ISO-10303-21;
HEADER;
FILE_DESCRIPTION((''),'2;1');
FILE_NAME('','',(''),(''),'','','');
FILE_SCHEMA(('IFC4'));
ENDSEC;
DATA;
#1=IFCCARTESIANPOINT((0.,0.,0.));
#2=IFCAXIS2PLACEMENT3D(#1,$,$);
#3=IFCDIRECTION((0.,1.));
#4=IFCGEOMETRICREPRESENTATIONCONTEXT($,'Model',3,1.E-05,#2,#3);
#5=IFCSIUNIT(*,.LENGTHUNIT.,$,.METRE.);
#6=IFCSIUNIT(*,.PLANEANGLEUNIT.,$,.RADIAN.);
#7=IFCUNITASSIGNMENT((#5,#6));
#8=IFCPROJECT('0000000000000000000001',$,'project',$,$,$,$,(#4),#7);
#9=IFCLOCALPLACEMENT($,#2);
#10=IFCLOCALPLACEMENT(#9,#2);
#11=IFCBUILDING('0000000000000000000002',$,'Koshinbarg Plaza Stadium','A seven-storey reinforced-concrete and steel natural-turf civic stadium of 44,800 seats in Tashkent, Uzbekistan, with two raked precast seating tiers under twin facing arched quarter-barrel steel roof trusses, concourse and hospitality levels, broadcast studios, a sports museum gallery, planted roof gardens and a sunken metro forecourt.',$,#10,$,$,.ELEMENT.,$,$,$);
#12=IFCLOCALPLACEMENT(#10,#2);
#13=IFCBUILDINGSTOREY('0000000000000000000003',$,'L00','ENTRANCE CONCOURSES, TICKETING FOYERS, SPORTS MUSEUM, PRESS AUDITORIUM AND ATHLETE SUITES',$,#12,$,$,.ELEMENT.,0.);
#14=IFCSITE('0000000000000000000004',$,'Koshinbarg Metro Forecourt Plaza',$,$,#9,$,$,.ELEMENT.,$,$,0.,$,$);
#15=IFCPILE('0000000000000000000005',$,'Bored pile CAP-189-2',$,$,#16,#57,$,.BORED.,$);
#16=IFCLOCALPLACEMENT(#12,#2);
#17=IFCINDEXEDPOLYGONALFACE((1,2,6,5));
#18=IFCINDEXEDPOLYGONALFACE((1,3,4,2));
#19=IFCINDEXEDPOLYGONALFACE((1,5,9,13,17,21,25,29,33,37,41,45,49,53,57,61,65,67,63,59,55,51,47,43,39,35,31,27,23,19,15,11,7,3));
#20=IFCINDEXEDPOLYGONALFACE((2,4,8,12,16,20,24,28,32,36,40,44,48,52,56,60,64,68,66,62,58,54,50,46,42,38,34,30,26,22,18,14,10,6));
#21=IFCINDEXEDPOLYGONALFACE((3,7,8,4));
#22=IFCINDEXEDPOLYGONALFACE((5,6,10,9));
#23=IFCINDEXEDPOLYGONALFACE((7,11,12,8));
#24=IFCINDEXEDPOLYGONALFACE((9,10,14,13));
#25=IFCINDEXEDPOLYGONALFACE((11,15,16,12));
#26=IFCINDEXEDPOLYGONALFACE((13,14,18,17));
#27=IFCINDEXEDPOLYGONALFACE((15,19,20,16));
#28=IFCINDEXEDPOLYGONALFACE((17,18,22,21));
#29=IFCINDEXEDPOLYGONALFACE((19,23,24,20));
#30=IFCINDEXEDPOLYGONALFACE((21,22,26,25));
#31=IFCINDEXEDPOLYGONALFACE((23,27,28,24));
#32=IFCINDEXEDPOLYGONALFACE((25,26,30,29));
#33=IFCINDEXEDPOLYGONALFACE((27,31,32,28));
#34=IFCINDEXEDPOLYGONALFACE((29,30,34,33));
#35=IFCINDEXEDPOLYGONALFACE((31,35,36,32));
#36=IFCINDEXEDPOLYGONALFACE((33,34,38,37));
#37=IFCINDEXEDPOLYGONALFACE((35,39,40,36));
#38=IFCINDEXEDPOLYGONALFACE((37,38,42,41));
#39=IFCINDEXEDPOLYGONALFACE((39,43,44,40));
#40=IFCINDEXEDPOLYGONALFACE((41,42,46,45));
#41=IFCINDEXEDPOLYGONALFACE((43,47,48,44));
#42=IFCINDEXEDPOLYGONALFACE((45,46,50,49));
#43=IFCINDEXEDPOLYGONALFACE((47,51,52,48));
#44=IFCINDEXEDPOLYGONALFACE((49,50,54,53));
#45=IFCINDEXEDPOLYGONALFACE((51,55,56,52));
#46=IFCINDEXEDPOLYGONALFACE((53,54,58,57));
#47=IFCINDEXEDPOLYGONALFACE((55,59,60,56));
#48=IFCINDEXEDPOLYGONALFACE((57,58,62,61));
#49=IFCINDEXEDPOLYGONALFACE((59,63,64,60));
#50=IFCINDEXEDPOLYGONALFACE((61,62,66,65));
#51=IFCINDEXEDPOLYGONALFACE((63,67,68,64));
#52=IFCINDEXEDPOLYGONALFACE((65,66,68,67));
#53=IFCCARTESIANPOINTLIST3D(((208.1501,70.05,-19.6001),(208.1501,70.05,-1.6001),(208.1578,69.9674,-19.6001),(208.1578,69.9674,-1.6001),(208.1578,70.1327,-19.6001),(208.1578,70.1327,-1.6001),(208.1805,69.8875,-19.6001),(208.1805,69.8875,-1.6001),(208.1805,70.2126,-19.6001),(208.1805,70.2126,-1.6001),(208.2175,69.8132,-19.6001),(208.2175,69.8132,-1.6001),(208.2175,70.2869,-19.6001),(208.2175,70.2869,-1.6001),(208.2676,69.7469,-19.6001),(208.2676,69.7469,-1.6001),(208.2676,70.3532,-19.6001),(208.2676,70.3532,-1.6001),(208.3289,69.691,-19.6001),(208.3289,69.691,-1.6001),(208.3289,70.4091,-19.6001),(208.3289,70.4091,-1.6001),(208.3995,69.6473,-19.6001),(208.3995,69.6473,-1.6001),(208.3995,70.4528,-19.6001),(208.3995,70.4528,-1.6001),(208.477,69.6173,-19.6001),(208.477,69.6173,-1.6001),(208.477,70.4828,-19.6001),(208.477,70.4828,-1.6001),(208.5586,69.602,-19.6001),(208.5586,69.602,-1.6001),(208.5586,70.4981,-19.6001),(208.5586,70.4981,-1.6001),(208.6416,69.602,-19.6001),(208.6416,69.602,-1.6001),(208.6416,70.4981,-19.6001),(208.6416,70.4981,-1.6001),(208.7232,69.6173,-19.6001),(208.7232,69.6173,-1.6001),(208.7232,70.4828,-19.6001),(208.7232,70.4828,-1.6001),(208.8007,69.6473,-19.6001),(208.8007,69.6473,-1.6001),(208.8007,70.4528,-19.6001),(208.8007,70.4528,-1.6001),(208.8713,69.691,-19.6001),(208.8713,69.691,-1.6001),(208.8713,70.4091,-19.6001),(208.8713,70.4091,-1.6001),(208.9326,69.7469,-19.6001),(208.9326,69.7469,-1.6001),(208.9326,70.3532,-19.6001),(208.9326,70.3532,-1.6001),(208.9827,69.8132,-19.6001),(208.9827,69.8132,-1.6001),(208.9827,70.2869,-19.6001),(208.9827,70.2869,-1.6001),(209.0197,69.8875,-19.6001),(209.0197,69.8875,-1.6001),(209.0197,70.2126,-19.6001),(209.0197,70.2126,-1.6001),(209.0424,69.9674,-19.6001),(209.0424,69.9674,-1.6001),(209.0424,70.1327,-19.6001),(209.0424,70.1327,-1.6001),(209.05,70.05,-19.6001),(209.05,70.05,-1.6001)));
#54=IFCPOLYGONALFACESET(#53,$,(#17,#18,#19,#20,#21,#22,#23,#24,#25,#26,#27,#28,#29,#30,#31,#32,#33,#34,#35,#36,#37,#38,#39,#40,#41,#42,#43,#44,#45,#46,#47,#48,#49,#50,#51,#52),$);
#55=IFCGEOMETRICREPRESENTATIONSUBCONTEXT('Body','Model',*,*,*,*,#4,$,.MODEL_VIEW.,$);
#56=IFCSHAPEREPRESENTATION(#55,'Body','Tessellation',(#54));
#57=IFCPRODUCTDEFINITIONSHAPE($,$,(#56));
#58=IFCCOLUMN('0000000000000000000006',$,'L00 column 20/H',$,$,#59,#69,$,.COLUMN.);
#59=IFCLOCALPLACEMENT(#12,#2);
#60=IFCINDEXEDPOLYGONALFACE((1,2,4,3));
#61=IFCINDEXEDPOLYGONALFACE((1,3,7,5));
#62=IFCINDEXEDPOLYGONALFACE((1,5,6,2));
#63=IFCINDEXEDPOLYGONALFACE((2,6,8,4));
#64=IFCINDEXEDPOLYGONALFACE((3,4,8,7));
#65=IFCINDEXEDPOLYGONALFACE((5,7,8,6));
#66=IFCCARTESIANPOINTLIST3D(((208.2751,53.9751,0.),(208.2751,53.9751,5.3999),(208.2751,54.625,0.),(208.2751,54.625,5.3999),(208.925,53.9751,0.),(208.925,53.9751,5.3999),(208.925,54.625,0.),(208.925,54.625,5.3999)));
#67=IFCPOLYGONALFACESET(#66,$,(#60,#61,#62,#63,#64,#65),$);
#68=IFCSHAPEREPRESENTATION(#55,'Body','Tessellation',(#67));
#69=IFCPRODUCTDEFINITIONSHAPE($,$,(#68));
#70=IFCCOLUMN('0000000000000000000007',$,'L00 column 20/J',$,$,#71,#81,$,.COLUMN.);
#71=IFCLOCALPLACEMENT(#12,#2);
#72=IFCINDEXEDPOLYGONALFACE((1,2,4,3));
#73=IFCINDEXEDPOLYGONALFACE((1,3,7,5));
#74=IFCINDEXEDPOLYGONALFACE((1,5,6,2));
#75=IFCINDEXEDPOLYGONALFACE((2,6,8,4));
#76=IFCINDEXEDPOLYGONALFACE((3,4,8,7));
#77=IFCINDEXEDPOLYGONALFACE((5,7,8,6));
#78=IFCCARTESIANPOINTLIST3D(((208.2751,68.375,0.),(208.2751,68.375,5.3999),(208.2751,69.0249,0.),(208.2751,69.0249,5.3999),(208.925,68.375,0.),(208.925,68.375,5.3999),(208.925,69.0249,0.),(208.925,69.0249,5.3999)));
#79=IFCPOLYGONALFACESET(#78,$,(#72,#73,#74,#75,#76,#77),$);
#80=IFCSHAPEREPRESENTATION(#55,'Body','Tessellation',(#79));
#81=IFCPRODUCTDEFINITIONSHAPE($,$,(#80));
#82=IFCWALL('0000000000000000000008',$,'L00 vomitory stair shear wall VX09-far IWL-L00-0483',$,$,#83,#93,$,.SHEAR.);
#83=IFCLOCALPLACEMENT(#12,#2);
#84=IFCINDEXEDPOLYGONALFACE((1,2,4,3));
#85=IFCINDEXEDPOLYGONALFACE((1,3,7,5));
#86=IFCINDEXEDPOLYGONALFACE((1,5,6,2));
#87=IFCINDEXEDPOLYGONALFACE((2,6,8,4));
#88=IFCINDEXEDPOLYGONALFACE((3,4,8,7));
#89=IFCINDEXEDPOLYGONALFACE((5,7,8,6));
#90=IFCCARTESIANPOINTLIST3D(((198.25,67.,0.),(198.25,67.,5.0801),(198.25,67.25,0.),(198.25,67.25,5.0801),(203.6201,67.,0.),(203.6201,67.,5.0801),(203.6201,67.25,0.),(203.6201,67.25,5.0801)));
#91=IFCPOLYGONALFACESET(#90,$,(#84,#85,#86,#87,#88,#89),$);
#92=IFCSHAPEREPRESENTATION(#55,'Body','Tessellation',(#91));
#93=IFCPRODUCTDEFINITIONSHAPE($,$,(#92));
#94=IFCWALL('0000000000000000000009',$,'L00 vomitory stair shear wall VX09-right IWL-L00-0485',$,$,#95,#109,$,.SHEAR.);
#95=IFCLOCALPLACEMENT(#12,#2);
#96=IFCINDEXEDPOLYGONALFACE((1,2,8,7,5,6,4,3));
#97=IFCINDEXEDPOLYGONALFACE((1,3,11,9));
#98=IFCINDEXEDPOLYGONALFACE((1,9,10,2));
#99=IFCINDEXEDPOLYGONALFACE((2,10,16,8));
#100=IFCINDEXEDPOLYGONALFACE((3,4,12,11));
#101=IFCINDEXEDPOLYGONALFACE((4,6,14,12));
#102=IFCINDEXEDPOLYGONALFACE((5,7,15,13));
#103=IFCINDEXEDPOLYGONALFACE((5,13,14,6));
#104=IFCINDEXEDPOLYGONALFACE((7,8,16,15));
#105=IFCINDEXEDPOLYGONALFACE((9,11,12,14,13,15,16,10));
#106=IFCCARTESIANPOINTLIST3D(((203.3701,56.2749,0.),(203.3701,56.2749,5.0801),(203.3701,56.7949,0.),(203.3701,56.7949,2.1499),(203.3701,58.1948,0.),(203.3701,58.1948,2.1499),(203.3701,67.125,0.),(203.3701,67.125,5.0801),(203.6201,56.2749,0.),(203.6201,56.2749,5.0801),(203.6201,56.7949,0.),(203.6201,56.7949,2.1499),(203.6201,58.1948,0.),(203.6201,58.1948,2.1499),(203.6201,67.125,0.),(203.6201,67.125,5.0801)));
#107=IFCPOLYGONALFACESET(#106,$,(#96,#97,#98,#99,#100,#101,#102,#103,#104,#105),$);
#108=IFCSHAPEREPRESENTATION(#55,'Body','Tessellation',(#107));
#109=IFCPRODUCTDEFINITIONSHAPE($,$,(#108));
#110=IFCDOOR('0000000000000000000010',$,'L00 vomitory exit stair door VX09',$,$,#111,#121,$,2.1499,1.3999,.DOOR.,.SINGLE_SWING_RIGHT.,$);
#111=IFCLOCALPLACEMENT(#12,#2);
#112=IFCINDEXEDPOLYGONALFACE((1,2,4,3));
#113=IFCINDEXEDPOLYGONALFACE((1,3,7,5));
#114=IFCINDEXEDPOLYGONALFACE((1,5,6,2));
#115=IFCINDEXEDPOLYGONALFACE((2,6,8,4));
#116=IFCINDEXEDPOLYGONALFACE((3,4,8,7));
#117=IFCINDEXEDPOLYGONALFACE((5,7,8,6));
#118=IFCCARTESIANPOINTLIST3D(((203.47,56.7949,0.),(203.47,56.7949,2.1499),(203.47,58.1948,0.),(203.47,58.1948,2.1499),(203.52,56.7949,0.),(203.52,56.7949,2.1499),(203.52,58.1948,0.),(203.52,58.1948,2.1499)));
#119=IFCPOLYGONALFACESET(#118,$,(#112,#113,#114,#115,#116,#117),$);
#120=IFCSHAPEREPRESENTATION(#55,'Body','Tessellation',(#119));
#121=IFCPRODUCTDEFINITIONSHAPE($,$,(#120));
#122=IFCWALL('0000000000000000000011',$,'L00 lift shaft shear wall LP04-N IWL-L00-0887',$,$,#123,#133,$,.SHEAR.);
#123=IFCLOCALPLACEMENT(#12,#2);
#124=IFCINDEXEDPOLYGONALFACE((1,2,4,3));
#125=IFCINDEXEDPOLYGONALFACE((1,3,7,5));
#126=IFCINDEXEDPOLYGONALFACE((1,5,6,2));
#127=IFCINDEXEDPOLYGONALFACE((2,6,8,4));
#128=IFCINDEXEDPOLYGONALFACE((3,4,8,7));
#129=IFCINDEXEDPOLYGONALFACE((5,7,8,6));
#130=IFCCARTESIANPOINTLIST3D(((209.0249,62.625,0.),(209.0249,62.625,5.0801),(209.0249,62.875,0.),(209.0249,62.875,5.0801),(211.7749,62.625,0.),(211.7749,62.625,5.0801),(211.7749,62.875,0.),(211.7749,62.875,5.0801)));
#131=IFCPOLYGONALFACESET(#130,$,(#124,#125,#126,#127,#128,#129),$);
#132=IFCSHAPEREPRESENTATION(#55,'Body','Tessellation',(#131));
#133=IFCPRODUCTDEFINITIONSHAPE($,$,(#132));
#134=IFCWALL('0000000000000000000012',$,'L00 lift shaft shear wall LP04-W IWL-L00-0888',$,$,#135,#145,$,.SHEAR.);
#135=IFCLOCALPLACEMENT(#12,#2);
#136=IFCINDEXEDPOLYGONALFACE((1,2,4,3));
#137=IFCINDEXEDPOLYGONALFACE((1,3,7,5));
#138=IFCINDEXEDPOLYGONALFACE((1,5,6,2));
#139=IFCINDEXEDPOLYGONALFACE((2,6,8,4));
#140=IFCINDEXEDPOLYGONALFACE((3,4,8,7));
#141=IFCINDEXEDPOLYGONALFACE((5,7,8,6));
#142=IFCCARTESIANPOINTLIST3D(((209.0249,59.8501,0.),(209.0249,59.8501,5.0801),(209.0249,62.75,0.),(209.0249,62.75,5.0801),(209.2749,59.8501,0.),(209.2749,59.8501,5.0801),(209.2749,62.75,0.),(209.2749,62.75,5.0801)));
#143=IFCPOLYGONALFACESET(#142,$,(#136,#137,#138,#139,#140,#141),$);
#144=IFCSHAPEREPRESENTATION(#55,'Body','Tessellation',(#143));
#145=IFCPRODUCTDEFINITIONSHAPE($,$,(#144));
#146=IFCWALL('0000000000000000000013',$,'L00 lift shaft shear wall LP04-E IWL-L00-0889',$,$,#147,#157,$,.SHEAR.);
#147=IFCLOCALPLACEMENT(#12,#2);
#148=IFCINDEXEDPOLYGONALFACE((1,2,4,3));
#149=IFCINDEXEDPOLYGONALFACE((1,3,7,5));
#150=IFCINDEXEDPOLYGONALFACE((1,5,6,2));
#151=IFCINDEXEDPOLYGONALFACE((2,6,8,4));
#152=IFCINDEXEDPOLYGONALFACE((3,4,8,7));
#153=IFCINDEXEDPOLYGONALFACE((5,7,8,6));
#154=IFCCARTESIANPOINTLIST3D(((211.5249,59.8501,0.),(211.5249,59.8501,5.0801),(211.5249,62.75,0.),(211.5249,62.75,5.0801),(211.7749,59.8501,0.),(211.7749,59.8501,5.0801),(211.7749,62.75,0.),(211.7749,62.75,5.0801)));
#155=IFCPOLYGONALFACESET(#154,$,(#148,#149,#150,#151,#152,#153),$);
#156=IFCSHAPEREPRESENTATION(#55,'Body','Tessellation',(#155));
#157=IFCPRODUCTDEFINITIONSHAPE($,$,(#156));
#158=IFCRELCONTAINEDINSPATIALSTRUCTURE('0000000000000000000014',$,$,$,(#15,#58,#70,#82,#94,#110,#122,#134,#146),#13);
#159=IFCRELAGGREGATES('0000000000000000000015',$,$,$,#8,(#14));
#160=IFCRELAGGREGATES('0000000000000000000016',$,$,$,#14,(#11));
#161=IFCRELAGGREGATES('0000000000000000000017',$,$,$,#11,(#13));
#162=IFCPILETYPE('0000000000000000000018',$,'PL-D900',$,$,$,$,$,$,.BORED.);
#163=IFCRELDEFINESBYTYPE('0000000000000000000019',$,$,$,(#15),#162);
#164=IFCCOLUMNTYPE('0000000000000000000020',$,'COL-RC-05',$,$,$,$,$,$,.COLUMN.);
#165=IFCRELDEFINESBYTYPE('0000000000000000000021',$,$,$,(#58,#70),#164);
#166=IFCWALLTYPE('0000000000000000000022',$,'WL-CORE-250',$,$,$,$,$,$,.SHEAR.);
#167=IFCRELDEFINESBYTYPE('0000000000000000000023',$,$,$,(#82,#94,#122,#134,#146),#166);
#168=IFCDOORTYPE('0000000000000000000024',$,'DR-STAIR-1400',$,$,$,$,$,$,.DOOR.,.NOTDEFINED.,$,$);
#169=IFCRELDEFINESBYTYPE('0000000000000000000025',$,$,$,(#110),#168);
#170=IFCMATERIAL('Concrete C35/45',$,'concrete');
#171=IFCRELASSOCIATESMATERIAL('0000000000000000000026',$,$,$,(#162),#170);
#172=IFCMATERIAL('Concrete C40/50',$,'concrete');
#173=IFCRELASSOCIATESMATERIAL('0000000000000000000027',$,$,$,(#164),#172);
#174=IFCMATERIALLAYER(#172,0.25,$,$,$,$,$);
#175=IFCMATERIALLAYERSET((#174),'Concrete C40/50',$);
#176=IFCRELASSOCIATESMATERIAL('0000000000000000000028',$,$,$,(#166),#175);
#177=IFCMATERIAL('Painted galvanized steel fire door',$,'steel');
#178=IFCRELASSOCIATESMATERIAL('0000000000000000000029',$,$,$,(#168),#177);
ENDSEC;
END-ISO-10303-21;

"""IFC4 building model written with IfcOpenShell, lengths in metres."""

from ifc_helpers import new_model, si_unit, direction, frame, frame_2d, origin, origin_2d, place, context, subcontext, project, spatial, rectangle, circle, extrude, material, layer, layer_set, material_profile, profile_set, type_object, element, fill, save


model = new_model("IFC4")

# Units and contexts
model_context = context("Model", 3, precision=1e-05, world=origin(), true_north=direction((0.0, 1.0)))
body_context = subcontext(model_context, "Body", "Model", "MODEL_VIEW")
ifc_project = project(units=[si_unit("LENGTHUNIT", "METRE"), si_unit("PLANEANGLEUNIT", "RADIAN")], contexts=[model_context])

# Site, building, storey
site_placement = place(None, origin())
site = spatial("IfcSite", under=ifc_project, at=site_placement, Name="Koshinbarg Metro Forecourt Plaza", CompositionType="ELEMENT", RefElevation=0.0)
building_placement = place(site_placement, origin())
building = spatial("IfcBuilding", under=site, at=building_placement, Name="Koshinbarg Plaza Stadium", Description="A seven-storey reinforced-concrete and steel natural-turf civic stadium of 44,800 seats in Tashkent, Uzbekistan, with two raked precast seating tiers under twin facing arched quarter-barrel steel roof trusses, concourse and hospitality levels, broadcast studios, a sports museum gallery, planted roof gardens and a sunken metro forecourt.", CompositionType="ELEMENT")
storey_placement = place(building_placement, origin())
storey = spatial("IfcBuildingStorey", under=building, at=storey_placement, Name="L00", Description="ENTRANCE CONCOURSES, TICKETING FOYERS, SPORTS MUSEUM, PRESS AUDITORIUM AND ATHLETE SUITES", CompositionType="ELEMENT", Elevation=0.0)

# Shared definitions
ifc_material_1 = material(Name="Concrete C35/45", Category="concrete")

# Pile
ifc_material_profile_1 = material_profile(ifc_material_1, circle(Radius=0.45, at=origin_2d()), Name="PILE D900")
ifc_profile_set_1 = profile_set([ifc_material_profile_1], Name="Concrete C35/45")
pile_type_1 = type_object("IfcPileType", Name="PL-D900", PredefinedType="BORED", material=ifc_profile_set_1)
for number, where, z_axis, x_axis, name in (
    (1, (208.6001, 70.05, -1.6001), (0.0, 0.0, -1.0), (1.0, 0.0, 0.0), "Bored pile CAP-189-2"),
):
    element("IfcPile", number, at=place(storey_placement, frame(where, z_axis=z_axis, x_axis=x_axis)), inside=storey, type_object=pile_type_1, Name=name, PredefinedType="BORED", context=body_context, shape_type="SweptSolid", body=[
        extrude(circle(Radius=0.45, at=origin_2d()), origin(), (0.0, 0.0, 1.0), 18.0),
    ])

# Columns
ifc_material_2 = material(Name="Concrete C40/50", Category="concrete")
ifc_material_profile_2 = material_profile(ifc_material_2, rectangle(XDim=0.6499, YDim=0.6499, at=origin_2d()), Name="RC 650x650")
ifc_profile_set_2 = profile_set([ifc_material_profile_2], Name="Concrete C40/50")
column_type = type_object("IfcColumnType", Name="COL-RC-05", PredefinedType="COLUMN", material=ifc_profile_set_2)
for number, where, z_axis, x_axis, name in (
    (2, (208.6001, 54.3, 0.0), (0.0, 0.0, 1.0), (1.0, 0.0, 0.0), "L00 column 20/H"),
    (3, (208.6001, 68.7, 0.0), (0.0, 0.0, 1.0), (1.0, 0.0, 0.0), "L00 column 20/J"),
):
    element("IfcColumn", number, at=place(storey_placement, frame(where, z_axis=z_axis, x_axis=x_axis)), inside=storey, type_object=column_type, Name=name, PredefinedType="COLUMN", context=body_context, shape_type="SweptSolid", body=[
        extrude(rectangle(XDim=0.6499, YDim=0.6499, at=origin_2d()), origin(), (0.0, 0.0, 1.0), 5.3999),
    ])

# Wall
ifc_layer_1 = layer(ifc_material_2, 0.25)
ifc_layer_set_1 = layer_set([ifc_layer_1], Name="Concrete C40/50")
wall_type_1 = type_object("IfcWallType", Name="WL-CORE-250", PredefinedType="SHEAR", material=ifc_layer_set_1)
wall_1_placement = place(storey_placement, frame((203.6201, 67.125, 0.0), z_axis=(0.0, 0.0, 1.0), x_axis=(-1.0, 0.0, 0.0)))
element("IfcWall", 4, at=wall_1_placement, inside=storey, type_object=wall_type_1, Name="L00 vomitory stair shear wall VX09-far IWL-L00-0483", PredefinedType="SHEAR", context=body_context, shape_type="SweptSolid", body=[
    extrude(rectangle(XDim=5.3701, YDim=0.25, at=frame_2d((2.6851, 0.0))), origin(), (0.0, 0.0, 1.0), 5.0801),
])

# Wall, opening, door
wall_2_placement = place(storey_placement, frame((203.4951, 56.2749, 0.0), z_axis=(0.0, 0.0, 1.0), x_axis=(0.0, 1.0, 0.0)))
wall_2 = element("IfcWall", 5, at=wall_2_placement, inside=storey, type_object=wall_type_1, Name="L00 vomitory stair shear wall VX09-right IWL-L00-0485", PredefinedType="SHEAR", context=body_context, shape_type="SweptSolid", body=[
    extrude(rectangle(XDim=10.8501, YDim=0.25, at=frame_2d((5.425, 0.0))), origin(), (0.0, 0.0, 1.0), 5.0801),
])
opening_1_placement = place(wall_2_placement, frame((0.52, 0.0, 0.0)))
opening_1 = element("IfcOpeningElement", 6, at=opening_1_placement, cuts=wall_2, PredefinedType="OPENING", context=body_context, shape_type="SweptSolid", body=[
    extrude(rectangle(XDim=1.3999, YDim=2.1499, at=frame_2d((0.7, 1.075))), frame((0.0, 0.135, 0.0), z_axis=(0.0, -1.0, 0.0), x_axis=(1.0, 0.0, 0.0)), (0.0, 0.0, 1.0), 0.27),
])
ifc_material_3 = material(Name="Painted galvanized steel fire door", Category="steel")
door_type_1 = type_object("IfcDoorType", Name="DR-STAIR-1400", OperationType="NOTDEFINED", PredefinedType="DOOR", material=ifc_material_3)
door_1_placement = place(opening_1_placement, frame((1.3999, 0.0, 0.0), z_axis=(0.0, 0.0, 1.0), x_axis=(-1.0, 0.0, 0.0)))
door_1 = element("IfcDoor", 7, at=door_1_placement, inside=storey, type_object=door_type_1, Name="L00 vomitory exit stair door VX09", OperationType="SINGLE_SWING_RIGHT", OverallHeight=2.1499, OverallWidth=1.3999, PredefinedType="DOOR", context=body_context, shape_type="SweptSolid", body=[
    extrude(rectangle(XDim=1.3999, YDim=2.1499, at=frame_2d((0.7, 1.075))), frame((0.0, 0.0249, 0.0), z_axis=(0.0, -1.0, 0.0), x_axis=(1.0, 0.0, 0.0)), (0.0, 0.0, 1.0), 0.05),
])
fill(opening_1, door_1)

# Walls
wall_3_placement = place(storey_placement, frame((211.7749, 62.75, 0.0), z_axis=(0.0, 0.0, 1.0), x_axis=(-1.0, 0.0, 0.0)))
element("IfcWall", 8, at=wall_3_placement, inside=storey, type_object=wall_type_1, Name="L00 lift shaft shear wall LP04-N IWL-L00-0887", PredefinedType="SHEAR", context=body_context, shape_type="SweptSolid", body=[
    extrude(rectangle(XDim=2.75, YDim=0.25, at=frame_2d((1.375, 0.0))), origin(), (0.0, 0.0, 1.0), 5.0801),
])
for number, where, z_axis, x_axis, name in (
    (9, (209.1499, 62.75, 0.0), (0.0, 0.0, 1.0), (0.0, -1.0, 0.0), "L00 lift shaft shear wall LP04-W IWL-L00-0888"),
    (10, (211.6499, 59.8501, 0.0), (0.0, 0.0, 1.0), (0.0, 1.0, 0.0), "L00 lift shaft shear wall LP04-E IWL-L00-0889"),
):
    element("IfcWall", number, at=place(storey_placement, frame(where, z_axis=z_axis, x_axis=x_axis)), inside=storey, type_object=wall_type_1, Name=name, PredefinedType="SHEAR", context=body_context, shape_type="SweptSolid", body=[
        extrude(rectangle(XDim=2.8999, YDim=0.25, at=frame_2d((1.45, 0.0))), origin(), (0.0, 0.0, 1.0), 5.0801),
    ])

save(model, "model.ifc")
